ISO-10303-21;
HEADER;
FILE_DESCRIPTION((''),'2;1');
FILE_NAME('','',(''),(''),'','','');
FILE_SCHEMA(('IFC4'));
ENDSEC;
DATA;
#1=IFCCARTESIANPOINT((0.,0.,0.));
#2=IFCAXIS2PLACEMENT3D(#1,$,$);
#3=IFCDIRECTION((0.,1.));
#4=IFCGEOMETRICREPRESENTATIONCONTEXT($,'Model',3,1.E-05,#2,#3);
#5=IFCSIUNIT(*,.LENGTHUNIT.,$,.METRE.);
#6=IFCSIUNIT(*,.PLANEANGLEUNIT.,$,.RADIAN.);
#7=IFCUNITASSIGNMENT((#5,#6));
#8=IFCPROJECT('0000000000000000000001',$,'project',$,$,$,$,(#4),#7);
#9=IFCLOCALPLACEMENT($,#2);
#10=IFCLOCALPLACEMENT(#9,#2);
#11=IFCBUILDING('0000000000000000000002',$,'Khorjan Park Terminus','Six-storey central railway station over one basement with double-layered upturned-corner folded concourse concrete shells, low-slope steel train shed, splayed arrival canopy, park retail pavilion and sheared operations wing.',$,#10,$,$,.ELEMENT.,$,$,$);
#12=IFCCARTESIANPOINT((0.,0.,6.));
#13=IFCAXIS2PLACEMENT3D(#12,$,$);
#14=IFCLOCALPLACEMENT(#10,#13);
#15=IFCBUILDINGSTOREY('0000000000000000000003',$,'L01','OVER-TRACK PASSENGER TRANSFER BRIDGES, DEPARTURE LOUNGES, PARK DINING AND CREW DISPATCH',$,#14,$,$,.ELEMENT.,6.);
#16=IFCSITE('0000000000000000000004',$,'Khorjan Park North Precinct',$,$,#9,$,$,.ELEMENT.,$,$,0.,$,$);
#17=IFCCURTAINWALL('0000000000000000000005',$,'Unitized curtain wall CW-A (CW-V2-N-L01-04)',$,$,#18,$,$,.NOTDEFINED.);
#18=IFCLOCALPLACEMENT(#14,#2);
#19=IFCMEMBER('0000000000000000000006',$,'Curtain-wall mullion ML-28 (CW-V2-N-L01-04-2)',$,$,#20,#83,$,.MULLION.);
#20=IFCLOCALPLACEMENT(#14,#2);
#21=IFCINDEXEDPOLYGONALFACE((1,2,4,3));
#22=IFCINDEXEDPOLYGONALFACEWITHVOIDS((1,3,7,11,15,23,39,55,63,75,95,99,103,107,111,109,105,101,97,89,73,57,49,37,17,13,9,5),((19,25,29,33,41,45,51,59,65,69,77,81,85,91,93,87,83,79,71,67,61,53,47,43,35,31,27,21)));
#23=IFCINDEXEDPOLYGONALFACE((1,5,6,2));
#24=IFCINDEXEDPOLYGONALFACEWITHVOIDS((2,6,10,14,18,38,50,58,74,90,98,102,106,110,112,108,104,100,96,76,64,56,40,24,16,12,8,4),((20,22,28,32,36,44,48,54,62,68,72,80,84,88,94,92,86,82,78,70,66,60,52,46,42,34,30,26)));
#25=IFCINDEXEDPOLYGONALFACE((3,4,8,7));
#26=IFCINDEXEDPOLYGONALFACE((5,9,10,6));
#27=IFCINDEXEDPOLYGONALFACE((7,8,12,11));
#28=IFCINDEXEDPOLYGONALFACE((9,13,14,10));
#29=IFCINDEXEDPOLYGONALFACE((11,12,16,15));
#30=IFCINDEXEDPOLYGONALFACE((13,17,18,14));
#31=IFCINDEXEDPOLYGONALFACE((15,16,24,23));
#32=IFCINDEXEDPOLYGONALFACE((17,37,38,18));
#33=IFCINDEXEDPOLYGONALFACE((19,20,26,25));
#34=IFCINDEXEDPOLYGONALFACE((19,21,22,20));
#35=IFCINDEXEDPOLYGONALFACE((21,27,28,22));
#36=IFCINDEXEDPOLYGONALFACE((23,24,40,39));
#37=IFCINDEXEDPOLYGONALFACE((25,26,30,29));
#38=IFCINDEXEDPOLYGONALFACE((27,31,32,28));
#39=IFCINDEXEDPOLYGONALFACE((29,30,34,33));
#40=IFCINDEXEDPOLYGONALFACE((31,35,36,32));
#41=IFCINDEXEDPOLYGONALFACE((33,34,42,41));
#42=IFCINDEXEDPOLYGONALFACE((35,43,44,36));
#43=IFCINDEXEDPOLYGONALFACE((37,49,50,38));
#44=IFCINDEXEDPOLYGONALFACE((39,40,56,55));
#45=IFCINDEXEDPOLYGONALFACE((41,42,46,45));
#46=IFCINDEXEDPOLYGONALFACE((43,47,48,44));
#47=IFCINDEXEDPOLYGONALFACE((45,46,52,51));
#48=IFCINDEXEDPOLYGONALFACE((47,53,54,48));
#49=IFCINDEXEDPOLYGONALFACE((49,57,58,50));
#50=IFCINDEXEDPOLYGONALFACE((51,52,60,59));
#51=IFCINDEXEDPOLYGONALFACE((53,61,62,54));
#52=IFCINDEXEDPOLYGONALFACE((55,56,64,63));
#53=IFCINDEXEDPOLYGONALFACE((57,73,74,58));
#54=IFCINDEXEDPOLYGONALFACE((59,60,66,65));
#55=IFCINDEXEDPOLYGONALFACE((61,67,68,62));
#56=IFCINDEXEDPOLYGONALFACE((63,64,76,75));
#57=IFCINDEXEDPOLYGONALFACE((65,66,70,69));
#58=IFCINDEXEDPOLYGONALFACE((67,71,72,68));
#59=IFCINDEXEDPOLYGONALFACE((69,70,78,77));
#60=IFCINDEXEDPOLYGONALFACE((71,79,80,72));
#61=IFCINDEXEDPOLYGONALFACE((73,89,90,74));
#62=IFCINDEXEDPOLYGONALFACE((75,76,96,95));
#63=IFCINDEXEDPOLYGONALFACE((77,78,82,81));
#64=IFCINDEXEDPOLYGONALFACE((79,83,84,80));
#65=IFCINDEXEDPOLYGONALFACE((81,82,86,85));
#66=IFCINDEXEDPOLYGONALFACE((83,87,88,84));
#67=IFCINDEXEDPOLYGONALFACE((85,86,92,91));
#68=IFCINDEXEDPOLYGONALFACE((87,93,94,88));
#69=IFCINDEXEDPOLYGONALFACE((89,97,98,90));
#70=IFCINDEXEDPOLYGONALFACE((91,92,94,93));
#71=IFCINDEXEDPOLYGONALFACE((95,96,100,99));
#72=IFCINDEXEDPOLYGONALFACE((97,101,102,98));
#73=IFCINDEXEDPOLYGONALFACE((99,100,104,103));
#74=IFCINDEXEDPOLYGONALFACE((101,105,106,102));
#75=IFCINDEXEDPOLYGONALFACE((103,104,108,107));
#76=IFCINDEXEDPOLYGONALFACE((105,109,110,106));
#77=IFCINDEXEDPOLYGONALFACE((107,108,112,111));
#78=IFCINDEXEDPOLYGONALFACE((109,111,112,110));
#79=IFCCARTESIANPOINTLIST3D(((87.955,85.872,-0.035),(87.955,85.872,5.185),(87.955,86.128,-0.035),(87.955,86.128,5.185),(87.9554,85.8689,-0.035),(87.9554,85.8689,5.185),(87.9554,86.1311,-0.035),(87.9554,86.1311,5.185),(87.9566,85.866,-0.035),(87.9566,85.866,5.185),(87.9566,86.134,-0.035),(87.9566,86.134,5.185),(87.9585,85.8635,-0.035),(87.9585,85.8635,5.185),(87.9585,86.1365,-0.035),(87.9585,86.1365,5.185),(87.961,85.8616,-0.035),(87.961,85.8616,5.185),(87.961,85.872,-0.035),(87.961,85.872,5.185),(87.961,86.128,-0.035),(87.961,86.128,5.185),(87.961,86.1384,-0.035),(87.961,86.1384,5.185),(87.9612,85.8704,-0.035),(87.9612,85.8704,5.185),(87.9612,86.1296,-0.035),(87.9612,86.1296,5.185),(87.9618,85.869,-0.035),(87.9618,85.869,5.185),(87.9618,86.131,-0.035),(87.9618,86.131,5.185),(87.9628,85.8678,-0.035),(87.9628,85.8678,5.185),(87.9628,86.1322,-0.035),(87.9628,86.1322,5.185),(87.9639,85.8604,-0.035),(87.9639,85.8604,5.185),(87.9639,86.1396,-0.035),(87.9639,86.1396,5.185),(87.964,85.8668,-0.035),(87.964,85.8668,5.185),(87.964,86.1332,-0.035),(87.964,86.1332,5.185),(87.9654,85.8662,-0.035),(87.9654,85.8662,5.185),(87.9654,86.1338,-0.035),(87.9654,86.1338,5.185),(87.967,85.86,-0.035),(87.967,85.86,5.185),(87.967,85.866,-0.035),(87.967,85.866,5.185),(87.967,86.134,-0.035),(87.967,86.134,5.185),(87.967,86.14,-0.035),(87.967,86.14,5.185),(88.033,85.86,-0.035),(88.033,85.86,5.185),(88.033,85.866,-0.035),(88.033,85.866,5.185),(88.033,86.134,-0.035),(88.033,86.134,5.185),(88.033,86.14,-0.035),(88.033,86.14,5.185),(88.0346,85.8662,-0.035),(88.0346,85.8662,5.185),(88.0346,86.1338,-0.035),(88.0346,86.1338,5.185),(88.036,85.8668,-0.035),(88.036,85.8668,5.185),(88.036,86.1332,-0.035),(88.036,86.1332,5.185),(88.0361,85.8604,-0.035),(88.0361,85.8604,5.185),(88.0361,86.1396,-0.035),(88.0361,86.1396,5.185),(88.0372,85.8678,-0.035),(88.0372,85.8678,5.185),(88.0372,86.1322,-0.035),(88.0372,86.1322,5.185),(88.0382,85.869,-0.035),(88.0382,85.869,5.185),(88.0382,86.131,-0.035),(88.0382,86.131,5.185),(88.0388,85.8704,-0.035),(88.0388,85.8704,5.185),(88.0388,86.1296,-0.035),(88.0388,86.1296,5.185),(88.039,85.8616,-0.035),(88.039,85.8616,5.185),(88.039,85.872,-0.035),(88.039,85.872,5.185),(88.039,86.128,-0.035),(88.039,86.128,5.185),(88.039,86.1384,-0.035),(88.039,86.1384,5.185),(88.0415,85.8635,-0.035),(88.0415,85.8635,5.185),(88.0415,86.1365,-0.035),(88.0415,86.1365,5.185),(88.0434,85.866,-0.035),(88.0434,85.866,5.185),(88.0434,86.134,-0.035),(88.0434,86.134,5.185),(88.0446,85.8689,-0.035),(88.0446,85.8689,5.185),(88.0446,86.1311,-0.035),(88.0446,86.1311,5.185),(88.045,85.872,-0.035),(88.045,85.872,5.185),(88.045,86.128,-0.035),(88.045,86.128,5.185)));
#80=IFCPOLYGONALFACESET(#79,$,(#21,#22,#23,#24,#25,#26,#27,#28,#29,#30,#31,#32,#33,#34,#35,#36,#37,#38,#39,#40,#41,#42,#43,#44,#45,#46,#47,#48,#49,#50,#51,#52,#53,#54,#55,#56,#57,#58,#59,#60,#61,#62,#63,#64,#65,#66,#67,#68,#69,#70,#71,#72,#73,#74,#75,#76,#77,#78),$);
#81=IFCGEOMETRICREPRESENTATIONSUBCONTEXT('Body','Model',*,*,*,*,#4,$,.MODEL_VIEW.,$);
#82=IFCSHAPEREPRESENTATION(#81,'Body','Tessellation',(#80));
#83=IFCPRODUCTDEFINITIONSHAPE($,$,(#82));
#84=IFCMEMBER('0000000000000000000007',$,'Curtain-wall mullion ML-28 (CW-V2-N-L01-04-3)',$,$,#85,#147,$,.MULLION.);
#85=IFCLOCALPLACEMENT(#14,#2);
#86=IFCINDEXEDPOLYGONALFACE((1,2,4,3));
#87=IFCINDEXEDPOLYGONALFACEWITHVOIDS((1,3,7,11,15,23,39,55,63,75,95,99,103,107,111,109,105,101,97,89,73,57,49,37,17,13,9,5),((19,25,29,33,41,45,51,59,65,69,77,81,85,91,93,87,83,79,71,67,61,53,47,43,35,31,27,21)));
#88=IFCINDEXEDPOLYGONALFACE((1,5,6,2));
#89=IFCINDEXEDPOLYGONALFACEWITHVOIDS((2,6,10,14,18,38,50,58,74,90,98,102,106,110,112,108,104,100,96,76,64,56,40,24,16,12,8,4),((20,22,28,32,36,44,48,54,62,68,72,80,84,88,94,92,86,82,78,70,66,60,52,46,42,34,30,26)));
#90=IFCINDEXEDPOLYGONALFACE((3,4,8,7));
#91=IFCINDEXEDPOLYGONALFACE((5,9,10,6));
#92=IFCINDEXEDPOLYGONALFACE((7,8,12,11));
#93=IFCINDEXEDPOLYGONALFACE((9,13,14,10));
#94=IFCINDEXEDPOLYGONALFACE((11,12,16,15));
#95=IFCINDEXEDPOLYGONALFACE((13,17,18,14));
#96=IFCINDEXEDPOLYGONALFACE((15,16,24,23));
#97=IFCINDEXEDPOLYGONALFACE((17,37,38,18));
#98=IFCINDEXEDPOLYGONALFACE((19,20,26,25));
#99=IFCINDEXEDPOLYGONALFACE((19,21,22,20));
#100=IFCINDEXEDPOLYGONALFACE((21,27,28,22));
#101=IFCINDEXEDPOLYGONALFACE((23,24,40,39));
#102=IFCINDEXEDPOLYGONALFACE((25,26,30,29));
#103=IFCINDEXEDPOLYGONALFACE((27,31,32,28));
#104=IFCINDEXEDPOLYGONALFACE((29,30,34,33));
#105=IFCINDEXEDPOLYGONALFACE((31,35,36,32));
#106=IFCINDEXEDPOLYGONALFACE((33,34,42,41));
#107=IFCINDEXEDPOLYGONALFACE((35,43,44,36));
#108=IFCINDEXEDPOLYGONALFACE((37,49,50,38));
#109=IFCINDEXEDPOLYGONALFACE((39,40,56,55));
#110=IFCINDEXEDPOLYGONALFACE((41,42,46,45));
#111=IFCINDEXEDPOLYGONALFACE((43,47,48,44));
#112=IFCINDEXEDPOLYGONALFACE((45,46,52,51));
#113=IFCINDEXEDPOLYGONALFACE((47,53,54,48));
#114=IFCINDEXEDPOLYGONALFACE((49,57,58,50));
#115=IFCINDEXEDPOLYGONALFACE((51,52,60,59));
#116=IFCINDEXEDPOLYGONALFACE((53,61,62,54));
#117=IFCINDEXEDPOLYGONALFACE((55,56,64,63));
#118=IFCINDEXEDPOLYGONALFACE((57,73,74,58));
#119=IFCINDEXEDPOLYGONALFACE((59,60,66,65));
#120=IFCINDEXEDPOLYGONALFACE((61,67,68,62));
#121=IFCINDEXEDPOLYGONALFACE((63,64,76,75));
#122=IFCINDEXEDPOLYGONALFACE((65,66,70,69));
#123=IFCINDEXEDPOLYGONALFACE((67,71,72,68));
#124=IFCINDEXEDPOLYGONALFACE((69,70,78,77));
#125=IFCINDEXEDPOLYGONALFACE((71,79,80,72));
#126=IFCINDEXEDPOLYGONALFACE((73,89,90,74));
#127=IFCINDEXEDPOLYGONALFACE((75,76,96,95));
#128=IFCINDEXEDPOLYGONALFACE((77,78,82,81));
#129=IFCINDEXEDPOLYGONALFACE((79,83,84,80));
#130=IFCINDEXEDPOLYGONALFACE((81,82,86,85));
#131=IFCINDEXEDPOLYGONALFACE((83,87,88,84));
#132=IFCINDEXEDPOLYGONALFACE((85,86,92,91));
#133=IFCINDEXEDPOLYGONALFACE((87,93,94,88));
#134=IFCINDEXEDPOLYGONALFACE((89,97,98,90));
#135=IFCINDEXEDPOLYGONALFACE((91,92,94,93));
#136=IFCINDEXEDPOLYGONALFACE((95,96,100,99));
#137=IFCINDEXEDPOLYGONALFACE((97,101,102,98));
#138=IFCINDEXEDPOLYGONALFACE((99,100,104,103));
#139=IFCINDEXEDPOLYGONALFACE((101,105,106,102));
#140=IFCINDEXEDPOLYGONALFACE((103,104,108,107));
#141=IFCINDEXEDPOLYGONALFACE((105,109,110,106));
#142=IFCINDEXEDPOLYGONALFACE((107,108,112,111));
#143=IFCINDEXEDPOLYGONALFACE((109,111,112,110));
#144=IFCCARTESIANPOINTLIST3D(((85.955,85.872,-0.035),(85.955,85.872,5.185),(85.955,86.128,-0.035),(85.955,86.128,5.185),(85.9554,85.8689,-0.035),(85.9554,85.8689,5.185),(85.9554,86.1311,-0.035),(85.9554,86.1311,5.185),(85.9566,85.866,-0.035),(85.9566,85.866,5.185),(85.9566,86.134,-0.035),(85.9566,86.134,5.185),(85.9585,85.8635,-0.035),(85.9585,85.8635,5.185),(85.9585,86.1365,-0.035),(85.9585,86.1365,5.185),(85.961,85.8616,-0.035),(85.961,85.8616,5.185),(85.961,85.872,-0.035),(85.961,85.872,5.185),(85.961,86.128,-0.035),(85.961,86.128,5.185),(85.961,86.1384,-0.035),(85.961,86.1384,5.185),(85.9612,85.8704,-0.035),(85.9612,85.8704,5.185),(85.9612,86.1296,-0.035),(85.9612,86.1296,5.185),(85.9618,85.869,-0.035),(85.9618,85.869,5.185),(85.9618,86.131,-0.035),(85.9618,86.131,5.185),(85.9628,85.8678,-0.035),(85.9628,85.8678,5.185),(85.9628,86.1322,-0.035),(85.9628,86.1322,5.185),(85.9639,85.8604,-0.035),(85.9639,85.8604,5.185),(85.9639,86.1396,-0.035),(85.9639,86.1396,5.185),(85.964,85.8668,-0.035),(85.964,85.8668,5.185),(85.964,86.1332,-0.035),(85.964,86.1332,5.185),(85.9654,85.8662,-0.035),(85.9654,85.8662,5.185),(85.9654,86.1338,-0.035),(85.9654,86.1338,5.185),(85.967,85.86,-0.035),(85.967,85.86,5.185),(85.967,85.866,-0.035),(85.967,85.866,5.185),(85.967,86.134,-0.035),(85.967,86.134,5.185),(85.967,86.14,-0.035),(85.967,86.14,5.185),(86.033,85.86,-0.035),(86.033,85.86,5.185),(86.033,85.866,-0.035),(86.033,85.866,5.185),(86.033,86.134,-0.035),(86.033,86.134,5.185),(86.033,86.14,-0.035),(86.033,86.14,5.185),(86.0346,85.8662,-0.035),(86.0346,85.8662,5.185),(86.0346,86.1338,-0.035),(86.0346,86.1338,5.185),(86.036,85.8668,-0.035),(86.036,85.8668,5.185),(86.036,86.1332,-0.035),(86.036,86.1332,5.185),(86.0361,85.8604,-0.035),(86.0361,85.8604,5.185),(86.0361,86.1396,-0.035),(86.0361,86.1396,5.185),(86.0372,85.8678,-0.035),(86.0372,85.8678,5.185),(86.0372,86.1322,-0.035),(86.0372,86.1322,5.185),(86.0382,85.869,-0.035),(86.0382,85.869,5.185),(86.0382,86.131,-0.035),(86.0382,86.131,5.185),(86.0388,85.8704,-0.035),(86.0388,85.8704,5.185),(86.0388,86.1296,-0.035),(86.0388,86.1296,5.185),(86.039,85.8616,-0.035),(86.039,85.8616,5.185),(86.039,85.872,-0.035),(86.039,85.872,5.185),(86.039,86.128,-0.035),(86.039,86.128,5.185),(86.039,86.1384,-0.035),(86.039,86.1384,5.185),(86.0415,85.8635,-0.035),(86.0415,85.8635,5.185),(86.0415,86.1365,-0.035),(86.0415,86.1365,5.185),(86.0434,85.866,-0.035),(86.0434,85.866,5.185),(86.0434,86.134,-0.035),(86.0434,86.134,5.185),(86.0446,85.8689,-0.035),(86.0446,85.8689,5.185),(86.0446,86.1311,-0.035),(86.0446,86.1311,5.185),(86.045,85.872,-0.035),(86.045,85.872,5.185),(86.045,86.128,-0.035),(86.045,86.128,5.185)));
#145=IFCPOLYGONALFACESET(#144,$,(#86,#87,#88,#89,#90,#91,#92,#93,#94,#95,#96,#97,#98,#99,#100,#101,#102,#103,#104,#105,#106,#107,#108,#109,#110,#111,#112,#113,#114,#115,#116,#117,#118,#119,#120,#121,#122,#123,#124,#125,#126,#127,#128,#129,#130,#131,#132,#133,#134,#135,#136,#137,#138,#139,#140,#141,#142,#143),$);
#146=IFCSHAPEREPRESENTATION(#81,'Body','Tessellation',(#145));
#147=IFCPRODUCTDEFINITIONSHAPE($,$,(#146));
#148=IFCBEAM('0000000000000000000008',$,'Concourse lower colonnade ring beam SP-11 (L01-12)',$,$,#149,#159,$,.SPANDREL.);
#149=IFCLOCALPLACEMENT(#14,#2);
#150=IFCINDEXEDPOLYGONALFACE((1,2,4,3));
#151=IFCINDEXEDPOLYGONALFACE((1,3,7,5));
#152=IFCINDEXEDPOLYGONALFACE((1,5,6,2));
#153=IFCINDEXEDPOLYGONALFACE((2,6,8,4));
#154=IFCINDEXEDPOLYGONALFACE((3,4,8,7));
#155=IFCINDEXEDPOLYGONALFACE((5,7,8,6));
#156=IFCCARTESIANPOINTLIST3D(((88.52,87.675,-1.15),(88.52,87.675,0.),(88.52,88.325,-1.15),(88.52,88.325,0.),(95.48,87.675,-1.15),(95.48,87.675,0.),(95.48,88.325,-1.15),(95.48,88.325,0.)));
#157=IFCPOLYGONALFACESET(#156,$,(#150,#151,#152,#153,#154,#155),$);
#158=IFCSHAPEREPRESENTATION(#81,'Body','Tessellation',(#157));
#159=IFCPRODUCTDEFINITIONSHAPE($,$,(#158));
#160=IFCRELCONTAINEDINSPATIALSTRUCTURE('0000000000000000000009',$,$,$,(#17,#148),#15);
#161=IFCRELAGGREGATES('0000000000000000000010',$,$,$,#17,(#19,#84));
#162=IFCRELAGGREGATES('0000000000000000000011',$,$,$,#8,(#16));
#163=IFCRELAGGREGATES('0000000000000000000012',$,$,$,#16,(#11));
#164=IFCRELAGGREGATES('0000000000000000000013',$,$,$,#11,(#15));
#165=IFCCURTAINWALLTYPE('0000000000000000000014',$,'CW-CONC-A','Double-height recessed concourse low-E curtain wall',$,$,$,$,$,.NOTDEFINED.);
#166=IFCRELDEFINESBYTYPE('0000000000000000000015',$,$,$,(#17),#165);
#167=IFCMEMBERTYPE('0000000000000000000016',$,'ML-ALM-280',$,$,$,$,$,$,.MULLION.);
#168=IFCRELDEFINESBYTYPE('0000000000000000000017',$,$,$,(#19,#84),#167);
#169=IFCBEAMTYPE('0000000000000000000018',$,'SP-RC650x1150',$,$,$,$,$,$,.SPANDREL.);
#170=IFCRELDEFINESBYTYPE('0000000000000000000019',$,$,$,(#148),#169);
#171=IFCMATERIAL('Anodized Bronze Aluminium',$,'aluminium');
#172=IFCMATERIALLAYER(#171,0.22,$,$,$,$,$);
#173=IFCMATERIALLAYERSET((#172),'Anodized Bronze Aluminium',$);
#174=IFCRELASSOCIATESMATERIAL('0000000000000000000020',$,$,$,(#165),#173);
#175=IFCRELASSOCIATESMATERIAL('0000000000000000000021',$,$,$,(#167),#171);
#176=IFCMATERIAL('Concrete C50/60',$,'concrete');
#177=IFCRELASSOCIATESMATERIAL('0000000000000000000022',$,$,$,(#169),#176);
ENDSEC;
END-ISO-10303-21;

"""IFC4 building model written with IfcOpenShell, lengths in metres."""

from ifc_helpers import new_model, si_unit, direction, frame, origin, origin_2d, place, context, subcontext, project, spatial, rectangle, hollow_rectangle, extrude, material, layer, layer_set, material_profile, profile_set, type_object, element, aggregate, save


model = new_model("IFC4")

# Units and contexts
model_context = context("Model", 3, precision=1e-05, world=origin(), true_north=direction((0.0, 1.0)))
body_context = subcontext(model_context, "Body", "Model", "MODEL_VIEW")
ifc_project = project(units=[si_unit("LENGTHUNIT", "METRE"), si_unit("PLANEANGLEUNIT", "RADIAN")], contexts=[model_context])

# Site, building, storey
site_placement = place(None, origin())
site = spatial("IfcSite", under=ifc_project, at=site_placement, Name="Khorjan Park North Precinct", CompositionType="ELEMENT", RefElevation=0.0)
building_placement = place(site_placement, origin())
building = spatial("IfcBuilding", under=site, at=building_placement, Name="Khorjan Park Terminus", Description="Six-storey central railway station over one basement with double-layered upturned-corner folded concourse concrete shells, low-slope steel train shed, splayed arrival canopy, park retail pavilion and sheared operations wing.", CompositionType="ELEMENT")
storey_placement = place(building_placement, frame((0.0, 0.0, 6.0)))
storey = spatial("IfcBuildingStorey", under=building, at=storey_placement, Name="L01", Description="OVER-TRACK PASSENGER TRANSFER BRIDGES, DEPARTURE LOUNGES, PARK DINING AND CREW DISPATCH", CompositionType="ELEMENT", Elevation=6.0)

# Shared definitions
ifc_material_1 = material(Name="Concrete C50/60", Category="concrete")

# Curtain wall, members
ifc_material_2 = material(Name="Anodized Bronze Aluminium", Category="aluminium")
ifc_layer_1 = layer(ifc_material_2, 0.22)
ifc_layer_set_1 = layer_set([ifc_layer_1], Name="Anodized Bronze Aluminium")
curtain_wall_type = type_object("IfcCurtainWallType", Name="CW-CONC-A", Description="Double-height recessed concourse low-E curtain wall", PredefinedType="NOTDEFINED", material=ifc_layer_set_1)
curtain_wall_placement = place(storey_placement, origin())
curtain_wall = element("IfcCurtainWall", 1, at=curtain_wall_placement, inside=storey, type_object=curtain_wall_type, Name="Unitized curtain wall CW-A (CW-V2-N-L01-04)", PredefinedType="NOTDEFINED")
ifc_material_profile_1 = material_profile(ifc_material_2, hollow_rectangle(XDim=0.09, YDim=0.28, WallThickness=0.006, InnerFilletRadius=0.006, OuterFilletRadius=0.012, at=origin_2d()), Name="ALM 90x280x6")
ifc_profile_set_1 = profile_set([ifc_material_profile_1], Name="Anodized Bronze Aluminium")
member_type_1 = type_object("IfcMemberType", Name="ML-ALM-280", PredefinedType="MULLION", material=ifc_profile_set_1)
member_1_placement = place(storey_placement, frame((88.0, 86.0, -0.035), z_axis=(0.0, 0.0, 1.0), x_axis=(-1.0, 0.0, 0.0)))
member_1 = element("IfcMember", 2, at=member_1_placement, type_object=member_type_1, Name="Curtain-wall mullion ML-28 (CW-V2-N-L01-04-2)", PredefinedType="MULLION", context=body_context, shape_type="SweptSolid", body=[
    extrude(hollow_rectangle(XDim=0.09, YDim=0.28, WallThickness=0.006, InnerFilletRadius=0.006, OuterFilletRadius=0.012, at=origin_2d()), origin(), (0.0, 0.0, 1.0), 5.22),
])
member_2_placement = place(storey_placement, frame((86.0, 86.0, -0.035), z_axis=(0.0, 0.0, 1.0), x_axis=(-1.0, 0.0, 0.0)))
member_2 = element("IfcMember", 3, at=member_2_placement, type_object=member_type_1, Name="Curtain-wall mullion ML-28 (CW-V2-N-L01-04-3)", PredefinedType="MULLION", context=body_context, shape_type="SweptSolid", body=[
    extrude(hollow_rectangle(XDim=0.09, YDim=0.28, WallThickness=0.006, InnerFilletRadius=0.006, OuterFilletRadius=0.012, at=origin_2d()), origin(), (0.0, 0.0, 1.0), 5.22),
])

# Beam
ifc_material_profile_2 = material_profile(ifc_material_1, rectangle(XDim=0.65, YDim=1.15, at=origin_2d()), Name="RC 650x1150")
ifc_profile_set_2 = profile_set([ifc_material_profile_2], Name="Concrete C50/60")
beam_type = type_object("IfcBeamType", Name="SP-RC650x1150", PredefinedType="SPANDREL", material=ifc_profile_set_2)
beam_placement = place(storey_placement, frame((88.52, 88.0, -0.575), z_axis=(1.0, 0.0, 0.0), x_axis=(0.0, 1.0, 0.0)))
element("IfcBeam", 4, at=beam_placement, inside=storey, type_object=beam_type, Name="Concourse lower colonnade ring beam SP-11 (L01-12)", PredefinedType="SPANDREL", context=body_context, shape_type="SweptSolid", body=[
    extrude(rectangle(XDim=0.65, YDim=1.15, at=origin_2d()), origin(), (0.0, 0.0, 1.0), 6.96),
])

aggregate(curtain_wall, [member_1, member_2])

save(model, "model.ifc")
